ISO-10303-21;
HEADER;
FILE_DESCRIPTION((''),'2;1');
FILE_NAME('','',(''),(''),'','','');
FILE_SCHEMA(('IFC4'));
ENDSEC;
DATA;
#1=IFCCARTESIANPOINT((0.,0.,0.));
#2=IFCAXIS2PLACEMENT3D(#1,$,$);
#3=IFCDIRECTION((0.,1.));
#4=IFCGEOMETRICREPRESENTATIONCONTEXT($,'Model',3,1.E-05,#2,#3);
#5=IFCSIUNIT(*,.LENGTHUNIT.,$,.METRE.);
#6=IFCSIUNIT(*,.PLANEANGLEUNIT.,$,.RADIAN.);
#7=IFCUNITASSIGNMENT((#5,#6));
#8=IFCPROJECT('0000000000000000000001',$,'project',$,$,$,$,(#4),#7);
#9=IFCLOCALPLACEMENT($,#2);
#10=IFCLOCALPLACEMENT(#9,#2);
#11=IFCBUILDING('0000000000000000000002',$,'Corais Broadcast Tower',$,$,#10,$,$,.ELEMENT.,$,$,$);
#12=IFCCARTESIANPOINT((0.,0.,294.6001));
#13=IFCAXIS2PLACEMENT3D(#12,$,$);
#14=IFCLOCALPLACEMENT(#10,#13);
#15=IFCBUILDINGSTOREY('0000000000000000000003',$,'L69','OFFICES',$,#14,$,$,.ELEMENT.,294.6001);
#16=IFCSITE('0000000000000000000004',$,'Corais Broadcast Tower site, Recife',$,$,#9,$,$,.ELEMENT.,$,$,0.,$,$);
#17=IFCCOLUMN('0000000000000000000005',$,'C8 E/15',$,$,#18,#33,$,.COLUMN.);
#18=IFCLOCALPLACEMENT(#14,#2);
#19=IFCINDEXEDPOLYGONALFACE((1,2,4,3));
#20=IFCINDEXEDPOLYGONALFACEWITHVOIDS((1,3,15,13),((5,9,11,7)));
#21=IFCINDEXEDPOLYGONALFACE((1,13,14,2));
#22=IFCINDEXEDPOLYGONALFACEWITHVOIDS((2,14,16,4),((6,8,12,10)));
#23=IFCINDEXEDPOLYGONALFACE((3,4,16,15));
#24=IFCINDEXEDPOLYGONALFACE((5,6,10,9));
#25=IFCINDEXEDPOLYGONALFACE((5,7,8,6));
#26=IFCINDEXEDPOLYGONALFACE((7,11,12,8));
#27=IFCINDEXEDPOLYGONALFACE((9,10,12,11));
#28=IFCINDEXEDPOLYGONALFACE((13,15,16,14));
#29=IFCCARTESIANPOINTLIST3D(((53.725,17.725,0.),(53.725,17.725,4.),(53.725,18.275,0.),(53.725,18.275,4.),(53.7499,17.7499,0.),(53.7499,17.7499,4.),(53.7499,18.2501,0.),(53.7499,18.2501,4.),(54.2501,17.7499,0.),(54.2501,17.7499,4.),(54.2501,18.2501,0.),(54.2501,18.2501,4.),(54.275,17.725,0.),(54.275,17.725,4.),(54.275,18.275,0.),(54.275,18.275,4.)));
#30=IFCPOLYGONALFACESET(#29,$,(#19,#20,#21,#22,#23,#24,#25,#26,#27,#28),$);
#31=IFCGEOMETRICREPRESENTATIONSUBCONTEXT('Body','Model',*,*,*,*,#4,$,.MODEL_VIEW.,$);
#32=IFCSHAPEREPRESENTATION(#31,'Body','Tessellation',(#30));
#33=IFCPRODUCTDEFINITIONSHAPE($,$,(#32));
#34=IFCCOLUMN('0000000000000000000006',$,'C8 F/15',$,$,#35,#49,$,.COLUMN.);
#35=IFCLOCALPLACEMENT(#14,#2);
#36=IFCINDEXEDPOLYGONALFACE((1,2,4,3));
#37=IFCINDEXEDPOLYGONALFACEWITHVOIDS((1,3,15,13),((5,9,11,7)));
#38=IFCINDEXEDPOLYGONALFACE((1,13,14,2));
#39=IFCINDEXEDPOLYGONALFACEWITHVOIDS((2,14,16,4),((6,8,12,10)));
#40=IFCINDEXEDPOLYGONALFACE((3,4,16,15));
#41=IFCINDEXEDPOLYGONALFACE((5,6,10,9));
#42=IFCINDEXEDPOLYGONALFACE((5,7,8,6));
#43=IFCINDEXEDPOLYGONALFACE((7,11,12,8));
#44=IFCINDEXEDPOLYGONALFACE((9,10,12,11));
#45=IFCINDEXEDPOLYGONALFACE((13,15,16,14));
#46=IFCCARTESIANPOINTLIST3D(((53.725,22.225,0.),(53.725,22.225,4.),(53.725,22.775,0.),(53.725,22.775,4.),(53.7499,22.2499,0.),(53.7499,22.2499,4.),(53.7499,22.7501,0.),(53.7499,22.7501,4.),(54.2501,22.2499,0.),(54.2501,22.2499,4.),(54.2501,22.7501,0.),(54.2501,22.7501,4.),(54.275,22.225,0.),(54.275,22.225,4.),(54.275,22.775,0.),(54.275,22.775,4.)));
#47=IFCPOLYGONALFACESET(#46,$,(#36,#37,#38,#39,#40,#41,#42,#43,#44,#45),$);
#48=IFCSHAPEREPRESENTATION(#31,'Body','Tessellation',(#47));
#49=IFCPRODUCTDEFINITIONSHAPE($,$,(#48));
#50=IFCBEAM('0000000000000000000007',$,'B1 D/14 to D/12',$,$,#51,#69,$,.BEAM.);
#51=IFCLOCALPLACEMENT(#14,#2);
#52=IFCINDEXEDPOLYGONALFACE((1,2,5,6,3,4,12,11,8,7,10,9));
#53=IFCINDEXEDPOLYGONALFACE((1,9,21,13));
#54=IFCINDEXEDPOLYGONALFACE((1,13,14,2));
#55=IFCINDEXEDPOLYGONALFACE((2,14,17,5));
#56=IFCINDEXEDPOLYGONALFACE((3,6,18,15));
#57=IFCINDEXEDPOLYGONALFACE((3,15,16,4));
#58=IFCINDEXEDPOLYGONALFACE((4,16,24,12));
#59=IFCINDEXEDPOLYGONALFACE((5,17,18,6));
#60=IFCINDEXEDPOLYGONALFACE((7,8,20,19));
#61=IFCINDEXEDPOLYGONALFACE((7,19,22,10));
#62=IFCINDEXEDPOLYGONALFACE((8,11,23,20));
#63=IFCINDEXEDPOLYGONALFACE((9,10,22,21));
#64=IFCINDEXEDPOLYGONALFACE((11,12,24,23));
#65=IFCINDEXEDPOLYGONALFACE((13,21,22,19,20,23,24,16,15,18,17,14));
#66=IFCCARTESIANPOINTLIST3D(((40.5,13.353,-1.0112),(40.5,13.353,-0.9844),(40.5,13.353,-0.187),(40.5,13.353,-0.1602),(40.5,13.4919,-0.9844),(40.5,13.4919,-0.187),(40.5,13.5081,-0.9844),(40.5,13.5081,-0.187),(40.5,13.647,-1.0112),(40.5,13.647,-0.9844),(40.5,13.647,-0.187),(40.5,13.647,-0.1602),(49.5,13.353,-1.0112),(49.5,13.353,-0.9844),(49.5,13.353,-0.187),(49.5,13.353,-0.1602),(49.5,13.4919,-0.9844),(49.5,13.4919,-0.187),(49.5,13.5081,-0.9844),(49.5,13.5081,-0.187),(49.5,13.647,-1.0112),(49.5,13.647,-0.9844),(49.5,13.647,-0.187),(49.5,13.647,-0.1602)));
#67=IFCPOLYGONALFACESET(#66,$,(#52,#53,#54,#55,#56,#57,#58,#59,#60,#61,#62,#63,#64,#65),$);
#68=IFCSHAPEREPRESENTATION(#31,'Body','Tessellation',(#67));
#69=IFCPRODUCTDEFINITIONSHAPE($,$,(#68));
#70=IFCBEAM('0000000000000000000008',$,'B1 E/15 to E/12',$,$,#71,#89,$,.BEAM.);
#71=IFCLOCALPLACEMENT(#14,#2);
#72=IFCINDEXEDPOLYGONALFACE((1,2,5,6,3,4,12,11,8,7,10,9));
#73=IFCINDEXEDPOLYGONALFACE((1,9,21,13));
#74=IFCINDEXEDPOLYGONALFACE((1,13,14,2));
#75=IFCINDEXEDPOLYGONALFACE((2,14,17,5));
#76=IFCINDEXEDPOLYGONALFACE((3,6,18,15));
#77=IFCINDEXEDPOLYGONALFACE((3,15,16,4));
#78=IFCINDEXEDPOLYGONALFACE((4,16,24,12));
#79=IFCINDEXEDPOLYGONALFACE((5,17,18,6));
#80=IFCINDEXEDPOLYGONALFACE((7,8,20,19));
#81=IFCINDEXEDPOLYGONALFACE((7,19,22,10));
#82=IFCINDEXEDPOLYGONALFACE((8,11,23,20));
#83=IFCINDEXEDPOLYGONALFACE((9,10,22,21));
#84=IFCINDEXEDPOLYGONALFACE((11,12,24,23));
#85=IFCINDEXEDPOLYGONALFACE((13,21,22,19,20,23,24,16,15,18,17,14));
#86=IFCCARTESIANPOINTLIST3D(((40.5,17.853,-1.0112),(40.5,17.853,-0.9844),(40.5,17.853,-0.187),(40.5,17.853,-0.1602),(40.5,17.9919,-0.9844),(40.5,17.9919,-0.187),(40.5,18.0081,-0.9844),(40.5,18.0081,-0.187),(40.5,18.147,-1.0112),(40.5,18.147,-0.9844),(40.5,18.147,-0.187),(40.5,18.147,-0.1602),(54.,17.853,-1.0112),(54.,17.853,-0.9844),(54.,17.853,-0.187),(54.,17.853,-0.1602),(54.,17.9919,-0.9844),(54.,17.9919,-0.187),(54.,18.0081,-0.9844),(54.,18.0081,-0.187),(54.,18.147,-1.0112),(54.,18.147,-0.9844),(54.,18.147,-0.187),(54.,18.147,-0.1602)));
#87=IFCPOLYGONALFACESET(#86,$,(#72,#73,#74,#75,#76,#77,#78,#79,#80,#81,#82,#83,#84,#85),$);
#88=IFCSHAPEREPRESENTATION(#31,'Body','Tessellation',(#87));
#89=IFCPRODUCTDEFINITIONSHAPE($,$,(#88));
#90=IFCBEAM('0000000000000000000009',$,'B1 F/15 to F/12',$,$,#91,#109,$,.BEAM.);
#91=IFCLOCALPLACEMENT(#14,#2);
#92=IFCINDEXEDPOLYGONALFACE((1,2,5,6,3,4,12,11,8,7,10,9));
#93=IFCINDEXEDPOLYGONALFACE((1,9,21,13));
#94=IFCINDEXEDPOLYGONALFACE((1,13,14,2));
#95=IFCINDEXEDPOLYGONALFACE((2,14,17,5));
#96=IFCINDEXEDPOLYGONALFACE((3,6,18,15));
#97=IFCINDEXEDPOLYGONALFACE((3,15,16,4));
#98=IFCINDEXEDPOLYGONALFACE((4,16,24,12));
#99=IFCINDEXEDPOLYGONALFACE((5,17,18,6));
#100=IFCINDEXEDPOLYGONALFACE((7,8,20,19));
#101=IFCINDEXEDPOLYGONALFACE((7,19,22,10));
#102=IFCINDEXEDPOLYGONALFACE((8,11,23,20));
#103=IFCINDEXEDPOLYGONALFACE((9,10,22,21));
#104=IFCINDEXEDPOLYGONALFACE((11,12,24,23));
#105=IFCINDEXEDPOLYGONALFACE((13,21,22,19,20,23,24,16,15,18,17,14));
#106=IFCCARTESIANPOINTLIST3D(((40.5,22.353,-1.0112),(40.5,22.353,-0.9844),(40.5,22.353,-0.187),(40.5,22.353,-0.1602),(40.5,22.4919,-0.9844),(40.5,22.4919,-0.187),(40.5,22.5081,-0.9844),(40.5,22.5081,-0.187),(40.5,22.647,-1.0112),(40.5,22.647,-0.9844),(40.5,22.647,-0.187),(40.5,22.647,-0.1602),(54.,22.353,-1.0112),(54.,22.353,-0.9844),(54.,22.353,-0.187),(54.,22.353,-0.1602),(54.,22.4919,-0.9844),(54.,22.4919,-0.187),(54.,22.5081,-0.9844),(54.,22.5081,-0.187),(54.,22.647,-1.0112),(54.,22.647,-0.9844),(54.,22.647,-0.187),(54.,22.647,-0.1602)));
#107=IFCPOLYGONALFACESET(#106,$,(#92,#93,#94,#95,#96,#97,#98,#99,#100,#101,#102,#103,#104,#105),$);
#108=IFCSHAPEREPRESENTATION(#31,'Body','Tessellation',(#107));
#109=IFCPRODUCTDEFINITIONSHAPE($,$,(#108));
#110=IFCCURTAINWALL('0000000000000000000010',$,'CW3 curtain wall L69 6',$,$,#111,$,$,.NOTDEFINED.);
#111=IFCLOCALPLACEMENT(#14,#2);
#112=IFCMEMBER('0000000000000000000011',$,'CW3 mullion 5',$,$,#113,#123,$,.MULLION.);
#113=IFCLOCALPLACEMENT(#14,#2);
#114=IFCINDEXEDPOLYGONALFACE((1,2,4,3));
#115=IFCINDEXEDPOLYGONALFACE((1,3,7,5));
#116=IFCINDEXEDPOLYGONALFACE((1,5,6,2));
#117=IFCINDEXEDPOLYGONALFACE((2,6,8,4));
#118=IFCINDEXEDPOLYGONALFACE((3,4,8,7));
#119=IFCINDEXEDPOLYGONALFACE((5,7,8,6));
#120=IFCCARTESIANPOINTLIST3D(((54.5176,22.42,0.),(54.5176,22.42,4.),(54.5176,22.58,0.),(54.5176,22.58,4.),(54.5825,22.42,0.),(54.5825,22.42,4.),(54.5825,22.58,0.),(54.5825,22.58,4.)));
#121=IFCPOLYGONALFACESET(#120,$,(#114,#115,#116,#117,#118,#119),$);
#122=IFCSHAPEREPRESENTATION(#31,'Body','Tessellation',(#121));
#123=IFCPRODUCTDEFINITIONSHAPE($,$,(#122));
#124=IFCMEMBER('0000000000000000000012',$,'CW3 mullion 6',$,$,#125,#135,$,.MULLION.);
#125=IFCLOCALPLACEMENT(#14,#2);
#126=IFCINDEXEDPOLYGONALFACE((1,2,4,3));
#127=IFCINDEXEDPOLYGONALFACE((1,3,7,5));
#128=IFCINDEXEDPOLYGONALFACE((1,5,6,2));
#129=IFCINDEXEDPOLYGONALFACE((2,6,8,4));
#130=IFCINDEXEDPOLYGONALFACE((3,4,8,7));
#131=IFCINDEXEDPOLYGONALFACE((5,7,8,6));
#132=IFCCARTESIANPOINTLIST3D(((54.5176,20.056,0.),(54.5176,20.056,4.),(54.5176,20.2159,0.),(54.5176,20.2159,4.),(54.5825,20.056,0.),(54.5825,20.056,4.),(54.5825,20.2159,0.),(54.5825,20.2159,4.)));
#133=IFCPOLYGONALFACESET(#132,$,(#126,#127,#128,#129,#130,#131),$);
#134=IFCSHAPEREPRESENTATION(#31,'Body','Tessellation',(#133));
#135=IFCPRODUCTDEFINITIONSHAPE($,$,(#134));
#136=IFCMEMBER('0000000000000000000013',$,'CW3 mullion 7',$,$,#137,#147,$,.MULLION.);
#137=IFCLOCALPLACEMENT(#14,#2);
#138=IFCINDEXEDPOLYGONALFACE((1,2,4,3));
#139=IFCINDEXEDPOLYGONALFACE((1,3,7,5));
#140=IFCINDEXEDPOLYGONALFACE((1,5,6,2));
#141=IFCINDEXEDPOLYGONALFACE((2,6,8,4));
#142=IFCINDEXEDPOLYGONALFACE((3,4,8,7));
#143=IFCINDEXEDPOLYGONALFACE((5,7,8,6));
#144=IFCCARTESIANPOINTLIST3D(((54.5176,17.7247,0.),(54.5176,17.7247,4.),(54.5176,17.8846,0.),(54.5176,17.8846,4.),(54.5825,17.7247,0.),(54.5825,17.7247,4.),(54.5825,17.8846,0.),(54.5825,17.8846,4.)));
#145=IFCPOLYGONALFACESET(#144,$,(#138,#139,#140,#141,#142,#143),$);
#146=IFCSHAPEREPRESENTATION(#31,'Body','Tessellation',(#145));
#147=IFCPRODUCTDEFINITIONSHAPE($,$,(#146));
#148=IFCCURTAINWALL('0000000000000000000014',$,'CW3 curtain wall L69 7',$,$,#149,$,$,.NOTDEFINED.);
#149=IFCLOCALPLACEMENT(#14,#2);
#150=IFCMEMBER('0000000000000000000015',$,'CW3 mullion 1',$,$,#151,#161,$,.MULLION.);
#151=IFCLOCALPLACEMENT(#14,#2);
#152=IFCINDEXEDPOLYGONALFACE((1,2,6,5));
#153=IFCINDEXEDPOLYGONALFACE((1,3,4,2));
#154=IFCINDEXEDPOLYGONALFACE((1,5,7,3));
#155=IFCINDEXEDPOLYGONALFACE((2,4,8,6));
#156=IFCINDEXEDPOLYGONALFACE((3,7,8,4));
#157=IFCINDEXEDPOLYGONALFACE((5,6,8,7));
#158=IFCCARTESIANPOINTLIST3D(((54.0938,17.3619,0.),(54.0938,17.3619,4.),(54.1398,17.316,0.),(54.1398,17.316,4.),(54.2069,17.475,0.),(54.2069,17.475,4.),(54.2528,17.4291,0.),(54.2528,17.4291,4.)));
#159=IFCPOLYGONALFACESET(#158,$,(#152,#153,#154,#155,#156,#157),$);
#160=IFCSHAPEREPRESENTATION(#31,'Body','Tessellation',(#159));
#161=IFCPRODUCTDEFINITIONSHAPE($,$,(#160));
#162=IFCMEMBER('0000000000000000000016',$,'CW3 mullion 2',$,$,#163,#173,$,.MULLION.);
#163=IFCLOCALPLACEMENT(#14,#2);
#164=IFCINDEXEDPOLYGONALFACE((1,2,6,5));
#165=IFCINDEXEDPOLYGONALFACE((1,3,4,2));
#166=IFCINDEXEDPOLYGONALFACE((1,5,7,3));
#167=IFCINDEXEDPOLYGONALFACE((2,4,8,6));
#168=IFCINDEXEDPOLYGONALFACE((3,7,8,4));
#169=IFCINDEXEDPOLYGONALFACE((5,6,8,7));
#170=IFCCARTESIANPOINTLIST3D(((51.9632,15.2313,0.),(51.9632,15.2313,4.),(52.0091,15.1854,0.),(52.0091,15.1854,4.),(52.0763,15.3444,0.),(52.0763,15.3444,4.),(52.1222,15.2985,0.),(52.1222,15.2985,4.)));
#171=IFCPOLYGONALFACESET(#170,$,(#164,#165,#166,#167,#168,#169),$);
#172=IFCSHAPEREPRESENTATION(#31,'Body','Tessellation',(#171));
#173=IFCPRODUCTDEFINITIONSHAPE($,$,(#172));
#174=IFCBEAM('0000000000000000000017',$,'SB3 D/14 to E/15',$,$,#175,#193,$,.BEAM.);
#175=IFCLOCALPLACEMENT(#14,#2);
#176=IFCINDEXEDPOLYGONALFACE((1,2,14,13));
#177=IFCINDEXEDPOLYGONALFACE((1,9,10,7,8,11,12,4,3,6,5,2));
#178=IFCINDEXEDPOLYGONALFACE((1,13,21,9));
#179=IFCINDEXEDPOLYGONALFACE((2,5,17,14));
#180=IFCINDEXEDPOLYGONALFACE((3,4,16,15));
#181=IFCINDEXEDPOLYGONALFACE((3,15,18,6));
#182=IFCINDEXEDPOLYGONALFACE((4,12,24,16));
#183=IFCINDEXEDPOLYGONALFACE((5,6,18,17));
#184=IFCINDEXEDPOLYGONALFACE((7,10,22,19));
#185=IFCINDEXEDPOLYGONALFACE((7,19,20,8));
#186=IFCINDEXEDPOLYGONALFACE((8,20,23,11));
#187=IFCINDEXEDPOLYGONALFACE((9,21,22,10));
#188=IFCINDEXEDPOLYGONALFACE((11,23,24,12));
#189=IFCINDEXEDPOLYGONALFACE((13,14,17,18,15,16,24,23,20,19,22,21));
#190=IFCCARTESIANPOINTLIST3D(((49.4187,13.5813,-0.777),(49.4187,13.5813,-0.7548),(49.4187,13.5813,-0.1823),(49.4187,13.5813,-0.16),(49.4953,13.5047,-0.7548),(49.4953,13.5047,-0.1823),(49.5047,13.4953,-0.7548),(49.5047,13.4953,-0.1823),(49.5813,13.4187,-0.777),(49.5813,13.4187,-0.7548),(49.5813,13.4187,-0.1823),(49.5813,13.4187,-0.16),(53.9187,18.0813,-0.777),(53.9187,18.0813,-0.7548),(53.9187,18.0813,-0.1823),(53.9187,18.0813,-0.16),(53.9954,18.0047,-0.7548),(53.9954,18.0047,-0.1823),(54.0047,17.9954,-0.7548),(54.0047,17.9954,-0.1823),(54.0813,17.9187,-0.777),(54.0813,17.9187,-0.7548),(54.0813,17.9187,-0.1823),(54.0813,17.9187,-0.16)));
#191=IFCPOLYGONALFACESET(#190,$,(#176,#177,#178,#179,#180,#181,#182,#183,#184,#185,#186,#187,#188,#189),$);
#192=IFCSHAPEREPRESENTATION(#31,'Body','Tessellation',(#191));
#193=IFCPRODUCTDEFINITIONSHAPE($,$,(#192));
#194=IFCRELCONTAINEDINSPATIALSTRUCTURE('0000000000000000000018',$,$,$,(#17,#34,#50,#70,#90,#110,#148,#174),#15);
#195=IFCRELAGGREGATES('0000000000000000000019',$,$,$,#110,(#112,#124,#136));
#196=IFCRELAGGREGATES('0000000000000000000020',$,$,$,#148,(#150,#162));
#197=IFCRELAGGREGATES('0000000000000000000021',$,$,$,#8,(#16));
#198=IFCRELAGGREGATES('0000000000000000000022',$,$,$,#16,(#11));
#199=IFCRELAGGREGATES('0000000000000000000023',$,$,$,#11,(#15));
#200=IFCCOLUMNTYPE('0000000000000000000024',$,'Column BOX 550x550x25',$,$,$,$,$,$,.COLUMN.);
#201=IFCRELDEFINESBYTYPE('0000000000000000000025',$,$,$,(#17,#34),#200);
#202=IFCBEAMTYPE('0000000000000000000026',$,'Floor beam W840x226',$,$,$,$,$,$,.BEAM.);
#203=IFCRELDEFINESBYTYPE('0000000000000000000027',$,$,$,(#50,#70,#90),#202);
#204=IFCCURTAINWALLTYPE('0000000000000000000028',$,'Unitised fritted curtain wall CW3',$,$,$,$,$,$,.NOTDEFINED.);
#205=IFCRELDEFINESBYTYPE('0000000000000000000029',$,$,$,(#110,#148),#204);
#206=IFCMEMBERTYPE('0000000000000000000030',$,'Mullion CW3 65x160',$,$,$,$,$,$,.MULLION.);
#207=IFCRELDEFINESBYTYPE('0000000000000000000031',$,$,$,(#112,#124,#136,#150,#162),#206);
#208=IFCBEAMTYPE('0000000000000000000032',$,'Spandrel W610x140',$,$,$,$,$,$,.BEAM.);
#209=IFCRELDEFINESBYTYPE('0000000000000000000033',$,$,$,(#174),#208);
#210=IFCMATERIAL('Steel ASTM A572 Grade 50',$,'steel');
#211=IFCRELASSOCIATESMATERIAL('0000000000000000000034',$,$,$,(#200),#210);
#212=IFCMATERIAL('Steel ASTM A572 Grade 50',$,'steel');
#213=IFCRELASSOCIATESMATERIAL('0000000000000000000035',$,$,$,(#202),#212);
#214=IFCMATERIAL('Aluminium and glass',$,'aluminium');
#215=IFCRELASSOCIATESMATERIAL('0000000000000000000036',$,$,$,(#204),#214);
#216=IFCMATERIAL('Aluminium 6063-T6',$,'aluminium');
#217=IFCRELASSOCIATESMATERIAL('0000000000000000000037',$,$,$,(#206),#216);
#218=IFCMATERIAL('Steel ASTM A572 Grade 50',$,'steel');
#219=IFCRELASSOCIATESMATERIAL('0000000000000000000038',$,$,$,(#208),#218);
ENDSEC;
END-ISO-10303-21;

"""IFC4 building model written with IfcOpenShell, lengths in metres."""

from ifc_helpers import new_model, si_unit, direction, frame, origin, origin_2d, place, context, subcontext, project, spatial, rectangle, hollow_rectangle, i_section, extrude, material, material_profile, profile_set, type_object, element, aggregate, save


model = new_model("IFC4")

# Units and contexts
model_context = context("Model", 3, precision=1e-05, world=origin(), true_north=direction((0.0, 1.0)))
body_context = subcontext(model_context, "Body", "Model", "MODEL_VIEW")
ifc_project = project(units=[si_unit("LENGTHUNIT", "METRE"), si_unit("PLANEANGLEUNIT", "RADIAN")], contexts=[model_context])

# Site, building, storey
site_placement = place(None, origin())
site = spatial("IfcSite", under=ifc_project, at=site_placement, Name="Corais Broadcast Tower site, Recife", CompositionType="ELEMENT", RefElevation=0.0)
building_placement = place(site_placement, origin())
building = spatial("IfcBuilding", under=site, at=building_placement, Name="Corais Broadcast Tower", CompositionType="ELEMENT")
storey_placement = place(building_placement, frame((0.0, 0.0, 294.6001)))
storey = spatial("IfcBuildingStorey", under=building, at=storey_placement, Name="L69", Description="OFFICES", CompositionType="ELEMENT", Elevation=294.6001)

# Columns
ifc_material_1 = material(Name="Steel ASTM A572 Grade 50", Category="steel")
ifc_material_profile_1 = material_profile(ifc_material_1, hollow_rectangle(XDim=0.55, YDim=0.55, WallThickness=0.0249, at=origin_2d()), Name="BOX 550x550x25")
ifc_profile_set_1 = profile_set([ifc_material_profile_1], Name="Steel ASTM A572 Grade 50")
column_type = type_object("IfcColumnType", Name="Column BOX 550x550x25", PredefinedType="COLUMN", material=ifc_profile_set_1)
for number, where, z_axis, x_axis, name in (
    (1, (54.0, 18.0, 0.0), (0.0, 0.0, 1.0), (1.0, 0.0, 0.0), "C8 E/15"),
    (2, (54.0, 22.5, 0.0), (0.0, 0.0, 1.0), (1.0, 0.0, 0.0), "C8 F/15"),
):
    element("IfcColumn", number, at=place(storey_placement, frame(where, z_axis=z_axis, x_axis=x_axis)), inside=storey, type_object=column_type, Name=name, PredefinedType="COLUMN", context=body_context, shape_type="SweptSolid", body=[
        extrude(hollow_rectangle(XDim=0.55, YDim=0.55, WallThickness=0.0249, at=origin_2d()), origin(), (0.0, 0.0, 1.0), 4.0),
    ])

# Beams
ifc_material_2 = material(Name="Steel ASTM A572 Grade 50", Category="steel")
ifc_material_profile_2 = material_profile(ifc_material_2, i_section(OverallWidth=0.2939, OverallDepth=0.8511, WebThickness=0.0161, FlangeThickness=0.0269, at=origin_2d()), Name="W840x226")
ifc_profile_set_2 = profile_set([ifc_material_profile_2], Name="Steel ASTM A572 Grade 50")
beam_type_1 = type_object("IfcBeamType", Name="Floor beam W840x226", PredefinedType="BEAM", material=ifc_profile_set_2)
beam_1_placement = place(storey_placement, frame((49.5, 13.5, -0.5857), z_axis=(-1.0, 0.0, 0.0), x_axis=(0.0, -1.0, 0.0)))
element("IfcBeam", 3, at=beam_1_placement, inside=storey, type_object=beam_type_1, Name="B1 D/14 to D/12", PredefinedType="BEAM", context=body_context, shape_type="SweptSolid", body=[
    extrude(i_section(OverallWidth=0.2939, OverallDepth=0.8511, WebThickness=0.0161, FlangeThickness=0.0269, at=origin_2d()), origin(), (0.0, 0.0, 1.0), 9.0),
])
for number, where, z_axis, x_axis, name in (
    (4, (54.0, 18.0, -0.5857), (-1.0, 0.0, 0.0), (0.0, -1.0, 0.0), "B1 E/15 to E/12"),
    (5, (54.0, 22.5, -0.5857), (-1.0, 0.0, 0.0), (0.0, -1.0, 0.0), "B1 F/15 to F/12"),
):
    element("IfcBeam", number, at=place(storey_placement, frame(where, z_axis=z_axis, x_axis=x_axis)), inside=storey, type_object=beam_type_1, Name=name, PredefinedType="BEAM", context=body_context, shape_type="SweptSolid", body=[
        extrude(i_section(OverallWidth=0.2939, OverallDepth=0.8511, WebThickness=0.0161, FlangeThickness=0.0269, at=origin_2d()), origin(), (0.0, 0.0, 1.0), 13.5),
    ])

# Curtain walls, members
ifc_material_3 = material(Name="Aluminium and glass", Category="aluminium")
curtain_wall_type = type_object("IfcCurtainWallType", Name="Unitised fritted curtain wall CW3", PredefinedType="NOTDEFINED", material=ifc_material_3)
curtain_wall_1_placement = place(storey_placement, origin())
curtain_wall_1 = element("IfcCurtainWall", 6, at=curtain_wall_1_placement, inside=storey, type_object=curtain_wall_type, Name="CW3 curtain wall L69 6", PredefinedType="NOTDEFINED")
ifc_material_4 = material(Name="Aluminium 6063-T6", Category="aluminium")
ifc_material_profile_3 = material_profile(ifc_material_4, rectangle(XDim=0.0649, YDim=0.1599, at=origin_2d()), Name="Mullion CW3 65x160")
ifc_profile_set_3 = profile_set([ifc_material_profile_3], Name="Aluminium 6063-T6")
member_type_1 = type_object("IfcMemberType", Name="Mullion CW3 65x160", PredefinedType="MULLION", material=ifc_profile_set_3)
member_1_placement = place(storey_placement, frame((54.55, 22.5, 0.0), z_axis=(0.0, 0.0, 1.0), x_axis=(1.0, 0.0, 0.0)))
member_1 = element("IfcMember", 7, at=member_1_placement, type_object=member_type_1, Name="CW3 mullion 5", PredefinedType="MULLION", context=body_context, shape_type="SweptSolid", body=[
    extrude(rectangle(XDim=0.0649, YDim=0.1599, at=origin_2d()), origin(), (0.0, 0.0, 1.0), 4.0),
])
member_2_placement = place(storey_placement, frame((54.55, 20.136, 0.0), z_axis=(0.0, 0.0, 1.0), x_axis=(1.0, 0.0, 0.0)))
member_2 = element("IfcMember", 8, at=member_2_placement, type_object=member_type_1, Name="CW3 mullion 6", PredefinedType="MULLION", context=body_context, shape_type="SweptSolid", body=[
    extrude(rectangle(XDim=0.0649, YDim=0.1599, at=origin_2d()), origin(), (0.0, 0.0, 1.0), 4.0),
])
member_3_placement = place(storey_placement, frame((54.55, 17.8047, 0.0), z_axis=(0.0, 0.0, 1.0), x_axis=(1.0, 0.0, 0.0)))
member_3 = element("IfcMember", 9, at=member_3_placement, type_object=member_type_1, Name="CW3 mullion 7", PredefinedType="MULLION", context=body_context, shape_type="SweptSolid", body=[
    extrude(rectangle(XDim=0.0649, YDim=0.1599, at=origin_2d()), origin(), (0.0, 0.0, 1.0), 4.0),
])
curtain_wall_2_placement = place(storey_placement, origin())
curtain_wall_2 = element("IfcCurtainWall", 10, at=curtain_wall_2_placement, inside=storey, type_object=curtain_wall_type, Name="CW3 curtain wall L69 7", PredefinedType="NOTDEFINED")
member_4_placement = place(storey_placement, frame((54.1733, 17.3955, 0.0), z_axis=(0.0, 0.0, 1.0), x_axis=(0.707107, -0.707107, 0.0)))
member_4 = element("IfcMember", 11, at=member_4_placement, type_object=member_type_1, Name="CW3 mullion 1", PredefinedType="MULLION", context=body_context, shape_type="SweptSolid", body=[
    extrude(rectangle(XDim=0.0649, YDim=0.1599, at=origin_2d()), origin(), (0.0, 0.0, 1.0), 4.0),
])
member_5_placement = place(storey_placement, frame((52.0427, 15.2649, 0.0), z_axis=(0.0, 0.0, 1.0), x_axis=(0.707107, -0.707107, 0.0)))
member_5 = element("IfcMember", 12, at=member_5_placement, type_object=member_type_1, Name="CW3 mullion 2", PredefinedType="MULLION", context=body_context, shape_type="SweptSolid", body=[
    extrude(rectangle(XDim=0.0649, YDim=0.1599, at=origin_2d()), origin(), (0.0, 0.0, 1.0), 4.0),
])

# Beam
ifc_material_5 = material(Name="Steel ASTM A572 Grade 50", Category="steel")
ifc_material_profile_4 = material_profile(ifc_material_5, i_section(OverallWidth=0.23, OverallDepth=0.6169, WebThickness=0.0132, FlangeThickness=0.0222, at=origin_2d()), Name="W610x140")
ifc_profile_set_4 = profile_set([ifc_material_profile_4], Name="Steel ASTM A572 Grade 50")
beam_type_2 = type_object("IfcBeamType", Name="Spandrel W610x140", PredefinedType="BEAM", material=ifc_profile_set_4)
beam_2_placement = place(storey_placement, frame((49.5, 13.5, -0.4685), z_axis=(0.707107, 0.707107, 0.0), x_axis=(-0.707107, 0.707107, 0.0)))
element("IfcBeam", 13, at=beam_2_placement, inside=storey, type_object=beam_type_2, Name="SB3 D/14 to E/15", PredefinedType="BEAM", context=body_context, shape_type="SweptSolid", body=[
    extrude(i_section(OverallWidth=0.23, OverallDepth=0.6169, WebThickness=0.0132, FlangeThickness=0.0222, at=origin_2d()), origin(), (0.0, 0.0, 1.0), 6.364),
])

aggregate(curtain_wall_1, [member_1, member_2, member_3])
aggregate(curtain_wall_2, [member_4, member_5])

save(model, "model.ifc")
